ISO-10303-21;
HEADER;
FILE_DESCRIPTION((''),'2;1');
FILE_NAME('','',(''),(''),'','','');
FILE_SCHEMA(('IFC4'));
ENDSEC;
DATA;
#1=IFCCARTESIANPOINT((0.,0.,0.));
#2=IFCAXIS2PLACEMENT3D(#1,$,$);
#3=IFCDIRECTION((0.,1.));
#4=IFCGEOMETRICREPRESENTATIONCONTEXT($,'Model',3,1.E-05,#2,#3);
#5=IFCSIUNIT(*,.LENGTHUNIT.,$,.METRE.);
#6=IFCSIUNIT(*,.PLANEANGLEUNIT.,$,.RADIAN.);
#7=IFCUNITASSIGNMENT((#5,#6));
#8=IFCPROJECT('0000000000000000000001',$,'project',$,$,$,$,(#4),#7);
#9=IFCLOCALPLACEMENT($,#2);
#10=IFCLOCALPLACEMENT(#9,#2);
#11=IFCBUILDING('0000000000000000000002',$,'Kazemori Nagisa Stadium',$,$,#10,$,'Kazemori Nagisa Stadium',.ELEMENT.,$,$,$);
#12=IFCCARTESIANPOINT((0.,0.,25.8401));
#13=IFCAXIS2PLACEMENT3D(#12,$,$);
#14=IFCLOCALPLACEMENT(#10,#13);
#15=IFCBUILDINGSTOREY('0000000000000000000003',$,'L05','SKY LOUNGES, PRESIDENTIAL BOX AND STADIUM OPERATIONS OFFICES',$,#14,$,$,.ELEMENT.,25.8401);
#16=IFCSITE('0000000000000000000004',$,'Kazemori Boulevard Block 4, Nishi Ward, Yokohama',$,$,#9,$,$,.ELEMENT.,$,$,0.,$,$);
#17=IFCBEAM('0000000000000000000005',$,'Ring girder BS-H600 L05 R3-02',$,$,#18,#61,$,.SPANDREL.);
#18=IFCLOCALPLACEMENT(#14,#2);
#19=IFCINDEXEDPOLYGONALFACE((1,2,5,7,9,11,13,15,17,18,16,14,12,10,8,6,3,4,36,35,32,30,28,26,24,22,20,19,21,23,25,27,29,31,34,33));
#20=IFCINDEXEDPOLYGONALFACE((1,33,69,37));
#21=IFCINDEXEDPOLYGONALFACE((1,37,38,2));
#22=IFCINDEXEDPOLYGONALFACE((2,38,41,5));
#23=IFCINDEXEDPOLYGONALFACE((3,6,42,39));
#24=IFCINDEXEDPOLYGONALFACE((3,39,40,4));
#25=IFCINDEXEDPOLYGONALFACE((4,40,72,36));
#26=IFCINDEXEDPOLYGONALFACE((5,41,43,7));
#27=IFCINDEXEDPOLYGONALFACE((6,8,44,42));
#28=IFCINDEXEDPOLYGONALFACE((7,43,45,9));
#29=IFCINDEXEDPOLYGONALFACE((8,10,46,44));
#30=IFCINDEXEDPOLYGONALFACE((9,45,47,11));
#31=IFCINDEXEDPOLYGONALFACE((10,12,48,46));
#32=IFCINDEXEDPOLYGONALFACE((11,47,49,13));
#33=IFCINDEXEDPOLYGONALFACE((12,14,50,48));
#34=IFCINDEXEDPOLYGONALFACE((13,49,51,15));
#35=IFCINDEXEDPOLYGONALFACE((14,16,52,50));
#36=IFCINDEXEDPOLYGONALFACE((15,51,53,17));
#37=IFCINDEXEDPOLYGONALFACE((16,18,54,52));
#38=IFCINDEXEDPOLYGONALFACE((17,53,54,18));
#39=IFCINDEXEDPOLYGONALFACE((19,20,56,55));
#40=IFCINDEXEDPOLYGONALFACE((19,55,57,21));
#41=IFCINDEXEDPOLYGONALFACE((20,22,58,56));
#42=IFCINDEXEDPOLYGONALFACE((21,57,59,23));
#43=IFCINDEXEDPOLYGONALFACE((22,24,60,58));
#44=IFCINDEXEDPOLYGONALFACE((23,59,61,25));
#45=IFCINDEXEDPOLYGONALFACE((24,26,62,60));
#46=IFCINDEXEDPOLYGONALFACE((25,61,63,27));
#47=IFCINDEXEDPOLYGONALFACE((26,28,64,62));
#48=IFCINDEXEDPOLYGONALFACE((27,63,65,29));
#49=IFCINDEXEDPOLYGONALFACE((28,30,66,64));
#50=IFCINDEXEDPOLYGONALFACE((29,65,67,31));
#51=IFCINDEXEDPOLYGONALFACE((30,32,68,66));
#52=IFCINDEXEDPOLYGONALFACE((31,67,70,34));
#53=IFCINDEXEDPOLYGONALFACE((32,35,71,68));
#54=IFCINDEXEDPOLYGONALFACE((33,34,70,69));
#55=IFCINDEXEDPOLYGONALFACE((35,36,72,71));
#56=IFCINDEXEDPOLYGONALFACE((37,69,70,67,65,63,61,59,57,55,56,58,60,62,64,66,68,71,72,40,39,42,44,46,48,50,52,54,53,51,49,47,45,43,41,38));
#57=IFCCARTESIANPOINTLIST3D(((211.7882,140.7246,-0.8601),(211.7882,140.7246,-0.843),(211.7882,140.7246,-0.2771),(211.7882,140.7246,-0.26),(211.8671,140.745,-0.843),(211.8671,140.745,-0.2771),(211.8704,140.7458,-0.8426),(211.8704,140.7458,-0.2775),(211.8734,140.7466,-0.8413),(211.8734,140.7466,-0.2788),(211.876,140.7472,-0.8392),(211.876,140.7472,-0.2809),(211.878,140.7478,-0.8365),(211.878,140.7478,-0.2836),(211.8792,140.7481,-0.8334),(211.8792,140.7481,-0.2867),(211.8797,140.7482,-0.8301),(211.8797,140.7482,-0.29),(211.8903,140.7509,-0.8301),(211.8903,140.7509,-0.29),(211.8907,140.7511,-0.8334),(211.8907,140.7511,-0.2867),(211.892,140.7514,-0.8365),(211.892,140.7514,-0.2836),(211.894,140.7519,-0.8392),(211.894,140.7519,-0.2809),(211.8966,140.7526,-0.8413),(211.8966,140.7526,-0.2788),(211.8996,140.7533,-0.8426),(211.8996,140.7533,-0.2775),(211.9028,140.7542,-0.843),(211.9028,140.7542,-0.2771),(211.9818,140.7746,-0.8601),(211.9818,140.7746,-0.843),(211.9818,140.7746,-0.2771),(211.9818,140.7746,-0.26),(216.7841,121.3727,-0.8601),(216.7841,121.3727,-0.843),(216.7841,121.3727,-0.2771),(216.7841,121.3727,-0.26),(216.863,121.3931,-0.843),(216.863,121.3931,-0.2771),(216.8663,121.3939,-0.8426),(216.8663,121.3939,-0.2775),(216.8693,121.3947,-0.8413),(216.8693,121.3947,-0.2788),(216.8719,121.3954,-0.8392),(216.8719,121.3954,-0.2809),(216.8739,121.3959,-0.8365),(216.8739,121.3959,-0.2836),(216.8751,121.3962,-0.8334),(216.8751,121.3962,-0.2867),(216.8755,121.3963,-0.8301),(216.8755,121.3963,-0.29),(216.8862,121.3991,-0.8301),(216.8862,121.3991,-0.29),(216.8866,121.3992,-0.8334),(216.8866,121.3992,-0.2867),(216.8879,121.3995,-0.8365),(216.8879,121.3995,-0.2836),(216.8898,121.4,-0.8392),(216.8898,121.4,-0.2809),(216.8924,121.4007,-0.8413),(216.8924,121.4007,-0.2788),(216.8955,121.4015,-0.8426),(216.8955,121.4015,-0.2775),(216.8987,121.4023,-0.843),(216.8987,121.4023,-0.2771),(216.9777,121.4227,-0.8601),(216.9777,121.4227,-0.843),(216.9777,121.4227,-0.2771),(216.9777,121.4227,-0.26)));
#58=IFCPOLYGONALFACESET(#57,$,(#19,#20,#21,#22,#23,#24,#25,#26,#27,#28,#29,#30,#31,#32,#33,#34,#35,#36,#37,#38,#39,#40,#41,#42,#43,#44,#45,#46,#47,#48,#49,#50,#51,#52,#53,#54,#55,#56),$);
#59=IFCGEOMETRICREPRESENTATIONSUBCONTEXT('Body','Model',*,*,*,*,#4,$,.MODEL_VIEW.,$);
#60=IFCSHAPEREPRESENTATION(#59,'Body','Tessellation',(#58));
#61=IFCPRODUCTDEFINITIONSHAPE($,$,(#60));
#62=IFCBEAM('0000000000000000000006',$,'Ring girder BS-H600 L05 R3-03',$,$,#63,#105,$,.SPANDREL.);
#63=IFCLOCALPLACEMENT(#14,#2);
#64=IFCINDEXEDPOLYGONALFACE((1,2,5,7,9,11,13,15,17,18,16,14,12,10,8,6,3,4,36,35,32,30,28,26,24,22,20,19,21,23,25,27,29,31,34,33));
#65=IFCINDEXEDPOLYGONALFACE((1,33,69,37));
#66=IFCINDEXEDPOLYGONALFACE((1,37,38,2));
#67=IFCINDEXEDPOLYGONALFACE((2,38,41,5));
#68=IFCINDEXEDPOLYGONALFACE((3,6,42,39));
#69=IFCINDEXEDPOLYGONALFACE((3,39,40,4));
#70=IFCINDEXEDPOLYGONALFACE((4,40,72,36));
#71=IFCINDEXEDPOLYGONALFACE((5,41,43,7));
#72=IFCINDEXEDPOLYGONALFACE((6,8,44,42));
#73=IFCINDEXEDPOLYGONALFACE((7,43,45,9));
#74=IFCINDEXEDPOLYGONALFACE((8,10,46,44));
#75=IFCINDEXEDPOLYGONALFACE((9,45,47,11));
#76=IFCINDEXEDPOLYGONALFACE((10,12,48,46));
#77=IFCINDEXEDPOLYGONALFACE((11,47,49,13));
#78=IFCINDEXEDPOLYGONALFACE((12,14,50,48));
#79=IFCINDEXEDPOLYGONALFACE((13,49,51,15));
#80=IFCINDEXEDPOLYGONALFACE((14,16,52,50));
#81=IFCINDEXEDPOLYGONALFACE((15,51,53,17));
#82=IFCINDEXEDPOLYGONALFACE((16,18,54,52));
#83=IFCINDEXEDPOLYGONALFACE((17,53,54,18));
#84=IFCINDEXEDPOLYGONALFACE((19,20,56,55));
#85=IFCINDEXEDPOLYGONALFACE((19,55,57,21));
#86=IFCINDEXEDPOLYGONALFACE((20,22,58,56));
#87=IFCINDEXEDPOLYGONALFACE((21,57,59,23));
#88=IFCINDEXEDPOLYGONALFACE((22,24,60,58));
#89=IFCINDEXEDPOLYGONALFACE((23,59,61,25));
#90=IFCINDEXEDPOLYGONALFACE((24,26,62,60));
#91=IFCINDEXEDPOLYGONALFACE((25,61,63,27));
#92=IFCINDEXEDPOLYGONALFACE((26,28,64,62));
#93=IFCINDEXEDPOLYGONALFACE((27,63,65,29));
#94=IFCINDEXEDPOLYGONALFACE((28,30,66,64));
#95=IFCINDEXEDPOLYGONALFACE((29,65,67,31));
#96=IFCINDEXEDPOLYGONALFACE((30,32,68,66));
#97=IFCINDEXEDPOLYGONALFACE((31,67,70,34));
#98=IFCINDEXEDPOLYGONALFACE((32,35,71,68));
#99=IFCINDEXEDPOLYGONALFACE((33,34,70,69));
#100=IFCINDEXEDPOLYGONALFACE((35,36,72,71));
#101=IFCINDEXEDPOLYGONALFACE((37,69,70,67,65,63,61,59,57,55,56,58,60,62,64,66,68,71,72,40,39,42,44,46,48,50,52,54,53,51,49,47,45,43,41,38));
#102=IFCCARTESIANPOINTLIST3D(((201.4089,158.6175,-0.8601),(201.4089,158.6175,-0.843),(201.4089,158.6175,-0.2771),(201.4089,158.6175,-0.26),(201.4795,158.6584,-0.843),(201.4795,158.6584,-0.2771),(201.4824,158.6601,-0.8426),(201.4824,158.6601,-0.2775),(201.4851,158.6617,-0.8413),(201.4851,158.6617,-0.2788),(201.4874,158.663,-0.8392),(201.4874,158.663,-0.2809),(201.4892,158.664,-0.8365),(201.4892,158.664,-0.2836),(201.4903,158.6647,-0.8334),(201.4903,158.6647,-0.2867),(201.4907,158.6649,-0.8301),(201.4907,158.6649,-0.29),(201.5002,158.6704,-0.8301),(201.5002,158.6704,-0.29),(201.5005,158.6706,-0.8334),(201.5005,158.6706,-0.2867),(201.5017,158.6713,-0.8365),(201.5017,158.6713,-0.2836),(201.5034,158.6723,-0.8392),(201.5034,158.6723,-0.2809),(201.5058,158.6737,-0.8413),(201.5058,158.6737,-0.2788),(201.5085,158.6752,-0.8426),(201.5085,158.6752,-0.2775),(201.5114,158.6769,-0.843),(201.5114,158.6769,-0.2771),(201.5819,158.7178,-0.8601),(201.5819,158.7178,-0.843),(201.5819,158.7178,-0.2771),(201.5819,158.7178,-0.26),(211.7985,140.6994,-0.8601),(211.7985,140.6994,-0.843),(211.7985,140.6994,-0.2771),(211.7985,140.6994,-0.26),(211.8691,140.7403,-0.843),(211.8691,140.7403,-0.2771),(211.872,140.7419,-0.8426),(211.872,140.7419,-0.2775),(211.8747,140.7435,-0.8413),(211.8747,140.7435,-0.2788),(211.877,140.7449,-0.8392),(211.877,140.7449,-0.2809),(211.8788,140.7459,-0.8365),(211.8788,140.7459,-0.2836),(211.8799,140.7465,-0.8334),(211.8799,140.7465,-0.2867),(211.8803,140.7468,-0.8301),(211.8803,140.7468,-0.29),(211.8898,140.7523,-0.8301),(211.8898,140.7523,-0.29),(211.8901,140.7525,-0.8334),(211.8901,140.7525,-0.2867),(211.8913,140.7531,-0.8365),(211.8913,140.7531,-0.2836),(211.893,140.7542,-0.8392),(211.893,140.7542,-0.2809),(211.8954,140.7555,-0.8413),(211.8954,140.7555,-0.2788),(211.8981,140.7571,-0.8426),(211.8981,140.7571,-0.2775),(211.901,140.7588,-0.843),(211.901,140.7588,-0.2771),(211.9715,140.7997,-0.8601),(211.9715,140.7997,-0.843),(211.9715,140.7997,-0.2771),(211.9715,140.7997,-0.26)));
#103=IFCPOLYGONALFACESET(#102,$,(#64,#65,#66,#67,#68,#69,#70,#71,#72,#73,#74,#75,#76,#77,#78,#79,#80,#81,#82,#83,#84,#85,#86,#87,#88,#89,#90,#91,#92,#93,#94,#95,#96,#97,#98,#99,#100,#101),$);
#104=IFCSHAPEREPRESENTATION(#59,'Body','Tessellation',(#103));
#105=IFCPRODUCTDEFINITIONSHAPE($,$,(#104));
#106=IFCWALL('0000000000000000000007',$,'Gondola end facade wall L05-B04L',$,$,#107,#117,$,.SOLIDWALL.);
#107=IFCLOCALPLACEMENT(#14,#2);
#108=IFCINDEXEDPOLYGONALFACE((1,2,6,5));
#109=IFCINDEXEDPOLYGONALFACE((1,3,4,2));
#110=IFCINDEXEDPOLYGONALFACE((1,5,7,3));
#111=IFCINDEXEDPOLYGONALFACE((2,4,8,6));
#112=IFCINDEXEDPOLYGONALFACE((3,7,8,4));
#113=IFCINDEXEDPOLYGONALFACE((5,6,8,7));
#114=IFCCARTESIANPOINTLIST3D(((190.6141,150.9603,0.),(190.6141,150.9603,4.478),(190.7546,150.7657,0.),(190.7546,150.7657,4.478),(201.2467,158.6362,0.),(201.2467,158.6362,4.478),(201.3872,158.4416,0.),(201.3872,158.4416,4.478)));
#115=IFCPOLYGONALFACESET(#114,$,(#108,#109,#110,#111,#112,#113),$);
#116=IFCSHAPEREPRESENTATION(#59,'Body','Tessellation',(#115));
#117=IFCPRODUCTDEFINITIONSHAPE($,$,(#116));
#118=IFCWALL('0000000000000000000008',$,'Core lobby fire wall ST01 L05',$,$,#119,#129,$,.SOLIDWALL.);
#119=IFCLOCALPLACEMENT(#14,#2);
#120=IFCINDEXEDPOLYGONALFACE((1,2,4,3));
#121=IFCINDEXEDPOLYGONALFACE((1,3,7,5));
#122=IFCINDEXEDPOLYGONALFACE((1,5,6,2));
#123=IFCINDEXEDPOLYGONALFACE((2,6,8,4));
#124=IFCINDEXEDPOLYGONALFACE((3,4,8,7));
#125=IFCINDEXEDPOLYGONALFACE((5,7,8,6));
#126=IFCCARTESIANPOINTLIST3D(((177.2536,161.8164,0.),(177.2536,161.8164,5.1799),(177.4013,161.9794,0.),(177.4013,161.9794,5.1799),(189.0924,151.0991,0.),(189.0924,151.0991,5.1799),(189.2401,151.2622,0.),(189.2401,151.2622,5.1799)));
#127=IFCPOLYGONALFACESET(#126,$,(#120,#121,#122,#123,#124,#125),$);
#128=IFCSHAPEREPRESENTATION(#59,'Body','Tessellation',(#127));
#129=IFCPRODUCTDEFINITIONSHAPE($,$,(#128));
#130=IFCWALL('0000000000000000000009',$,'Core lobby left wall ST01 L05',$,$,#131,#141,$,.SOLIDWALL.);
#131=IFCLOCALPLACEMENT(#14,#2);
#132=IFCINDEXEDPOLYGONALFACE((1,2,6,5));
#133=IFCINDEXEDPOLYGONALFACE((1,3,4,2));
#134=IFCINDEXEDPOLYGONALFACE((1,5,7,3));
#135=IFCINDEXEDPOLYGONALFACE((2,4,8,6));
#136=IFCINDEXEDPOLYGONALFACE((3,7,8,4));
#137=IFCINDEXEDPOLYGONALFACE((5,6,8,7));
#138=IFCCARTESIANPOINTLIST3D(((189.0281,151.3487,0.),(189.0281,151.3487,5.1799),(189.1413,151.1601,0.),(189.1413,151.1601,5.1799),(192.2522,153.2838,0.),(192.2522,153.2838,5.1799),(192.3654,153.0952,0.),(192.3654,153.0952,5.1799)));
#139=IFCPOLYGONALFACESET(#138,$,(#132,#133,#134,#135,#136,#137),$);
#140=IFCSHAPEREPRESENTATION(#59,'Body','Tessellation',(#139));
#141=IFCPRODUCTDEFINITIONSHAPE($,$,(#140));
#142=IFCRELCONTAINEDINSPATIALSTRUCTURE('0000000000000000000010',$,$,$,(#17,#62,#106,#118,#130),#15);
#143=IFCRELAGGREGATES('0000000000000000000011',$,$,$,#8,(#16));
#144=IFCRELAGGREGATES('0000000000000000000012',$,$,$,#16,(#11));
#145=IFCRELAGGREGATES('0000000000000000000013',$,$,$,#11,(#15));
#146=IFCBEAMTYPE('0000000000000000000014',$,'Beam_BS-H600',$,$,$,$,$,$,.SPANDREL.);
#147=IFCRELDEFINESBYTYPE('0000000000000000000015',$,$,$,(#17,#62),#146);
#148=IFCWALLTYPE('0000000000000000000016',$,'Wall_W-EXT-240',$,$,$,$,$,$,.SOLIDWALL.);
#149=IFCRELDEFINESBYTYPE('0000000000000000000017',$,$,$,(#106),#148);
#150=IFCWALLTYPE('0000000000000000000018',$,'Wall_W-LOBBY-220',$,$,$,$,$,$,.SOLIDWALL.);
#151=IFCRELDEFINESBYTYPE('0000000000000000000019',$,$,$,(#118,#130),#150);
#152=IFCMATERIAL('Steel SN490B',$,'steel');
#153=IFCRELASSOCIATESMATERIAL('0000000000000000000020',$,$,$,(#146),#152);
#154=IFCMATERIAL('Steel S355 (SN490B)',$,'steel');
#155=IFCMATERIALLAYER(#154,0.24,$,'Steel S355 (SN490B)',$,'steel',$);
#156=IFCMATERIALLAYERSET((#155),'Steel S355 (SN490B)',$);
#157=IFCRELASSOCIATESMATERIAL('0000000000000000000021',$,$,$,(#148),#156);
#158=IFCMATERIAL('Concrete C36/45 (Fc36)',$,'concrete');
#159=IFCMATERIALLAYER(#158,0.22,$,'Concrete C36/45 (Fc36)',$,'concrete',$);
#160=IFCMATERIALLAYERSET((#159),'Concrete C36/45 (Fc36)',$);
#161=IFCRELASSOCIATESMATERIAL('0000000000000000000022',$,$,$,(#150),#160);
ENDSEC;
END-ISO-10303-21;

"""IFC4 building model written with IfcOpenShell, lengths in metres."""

from ifc_helpers import new_model, si_unit, direction, frame, frame_2d, origin, origin_2d, place, context, subcontext, project, spatial, rectangle, i_section, extrude, material, layer, layer_set, material_profile, profile_set, type_object, element, save


model = new_model("IFC4")

# Units and contexts
model_context = context("Model", 3, precision=1e-05, world=origin(), true_north=direction((0.0, 1.0)))
body_context = subcontext(model_context, "Body", "Model", "MODEL_VIEW")
ifc_project = project(units=[si_unit("LENGTHUNIT", "METRE"), si_unit("PLANEANGLEUNIT", "RADIAN")], contexts=[model_context])

# Site, building, storey
site_placement = place(None, origin())
site = spatial("IfcSite", under=ifc_project, at=site_placement, Name="Kazemori Boulevard Block 4, Nishi Ward, Yokohama", CompositionType="ELEMENT", RefElevation=0.0)
building_placement = place(site_placement, origin())
building = spatial("IfcBuilding", under=site, at=building_placement, Name="Kazemori Nagisa Stadium", LongName="Kazemori Nagisa Stadium", CompositionType="ELEMENT")
storey_placement = place(building_placement, frame((0.0, 0.0, 25.8401)))
storey = spatial("IfcBuildingStorey", under=building, at=storey_placement, Name="L05", Description="SKY LOUNGES, PRESIDENTIAL BOX AND STADIUM OPERATIONS OFFICES", CompositionType="ELEMENT", Elevation=25.8401)

# Beams
ifc_material_1 = material(Name="Steel SN490B", Category="steel")
ifc_material_profile_1 = material_profile(ifc_material_1, i_section(OverallWidth=0.2, OverallDepth=0.6001, WebThickness=0.011, FlangeThickness=0.0171, FilletRadius=0.0129, at=origin_2d()), Name="H-600x200x11x17")
ifc_profile_set_1 = profile_set([ifc_material_profile_1], Name="Steel SN490B")
beam_type_1 = type_object("IfcBeamType", Name="Beam_BS-H600", PredefinedType="SPANDREL", material=ifc_profile_set_1)
beam_1_placement = place(storey_placement, frame((216.8809, 121.3977, -0.5601), z_axis=(-0.249964, 0.968255, 0.0), x_axis=(-0.968255, -0.249964, 0.0)))
element("IfcBeam", 1, at=beam_1_placement, inside=storey, type_object=beam_type_1, Name="Ring girder BS-H600 L05 R3-02", PredefinedType="SPANDREL", context=body_context, shape_type="SweptSolid", body=[
    extrude(i_section(OverallWidth=0.2, OverallDepth=0.6001, WebThickness=0.011, FlangeThickness=0.0171, FilletRadius=0.0129, at=origin_2d()), origin(), (0.0, 0.0, 1.0), 19.9863),
])
beam_2_placement = place(storey_placement, frame((211.885, 140.7495, -0.5601), z_axis=(-0.501613, 0.865092, 0.0), x_axis=(-0.865092, -0.501613, 0.0)))
element("IfcBeam", 2, at=beam_2_placement, inside=storey, type_object=beam_type_1, Name="Ring girder BS-H600 L05 R3-03", PredefinedType="SPANDREL", context=body_context, shape_type="SweptSolid", body=[
    extrude(i_section(OverallWidth=0.2, OverallDepth=0.6001, WebThickness=0.011, FlangeThickness=0.0171, FilletRadius=0.0129, at=origin_2d()), origin(), (0.0, 0.0, 1.0), 20.7124),
])

# Walls
ifc_material_2 = material(Name="Steel S355 (SN490B)", Category="steel")
ifc_layer_1 = layer(ifc_material_2, 0.24, Name="Steel S355 (SN490B)", Category="steel")
ifc_layer_set_1 = layer_set([ifc_layer_1], Name="Steel S355 (SN490B)")
wall_type_1 = type_object("IfcWallType", Name="Wall_W-EXT-240", PredefinedType="SOLIDWALL", material=ifc_layer_set_1)
wall_1_placement = place(storey_placement, frame((190.6843, 150.863, 0.0), z_axis=(0.0, 0.0, 1.0), x_axis=(0.810799, 0.585325, 0.0)))
element("IfcWall", 3, at=wall_1_placement, inside=storey, type_object=wall_type_1, Name="Gondola end facade wall L05-B04L", PredefinedType="SOLIDWALL", context=body_context, shape_type="SweptSolid", body=[
    extrude(rectangle(XDim=13.1138, YDim=0.24, at=frame_2d((6.5569, 0.0))), origin(), (0.0, 0.0, 1.0), 4.478),
])
ifc_material_3 = material(Name="Concrete C36/45 (Fc36)", Category="concrete")
ifc_layer_2 = layer(ifc_material_3, 0.22, Name="Concrete C36/45 (Fc36)", Category="concrete")
ifc_layer_set_2 = layer_set([ifc_layer_2], Name="Concrete C36/45 (Fc36)")
wall_type_2 = type_object("IfcWallType", Name="Wall_W-LOBBY-220", PredefinedType="SOLIDWALL", material=ifc_layer_set_2)
wall_2_placement = place(storey_placement, frame((189.1663, 151.1807, 0.0), z_axis=(0.0, 0.0, 1.0), x_axis=(-0.741351, 0.671117, 0.0)))
element("IfcWall", 4, at=wall_2_placement, inside=storey, type_object=wall_type_2, Name="Core lobby fire wall ST01 L05", PredefinedType="SOLIDWALL", context=body_context, shape_type="SweptSolid", body=[
    extrude(rectangle(XDim=15.9692, YDim=0.22, at=frame_2d((7.9846, 0.0))), origin(), (0.0, 0.0, 1.0), 5.1799),
])
wall_3_placement = place(storey_placement, frame((189.0847, 151.2544, 0.0), z_axis=(0.0, 0.0, 1.0), x_axis=(0.857424, 0.51461, 0.0)))
element("IfcWall", 5, at=wall_3_placement, inside=storey, type_object=wall_type_2, Name="Core lobby left wall ST01 L05", PredefinedType="SOLIDWALL", context=body_context, shape_type="SweptSolid", body=[
    extrude(rectangle(XDim=3.7603, YDim=0.22, at=frame_2d((1.8801, 0.0))), origin(), (0.0, 0.0, 1.0), 5.1799),
])

save(model, "model.ifc")
